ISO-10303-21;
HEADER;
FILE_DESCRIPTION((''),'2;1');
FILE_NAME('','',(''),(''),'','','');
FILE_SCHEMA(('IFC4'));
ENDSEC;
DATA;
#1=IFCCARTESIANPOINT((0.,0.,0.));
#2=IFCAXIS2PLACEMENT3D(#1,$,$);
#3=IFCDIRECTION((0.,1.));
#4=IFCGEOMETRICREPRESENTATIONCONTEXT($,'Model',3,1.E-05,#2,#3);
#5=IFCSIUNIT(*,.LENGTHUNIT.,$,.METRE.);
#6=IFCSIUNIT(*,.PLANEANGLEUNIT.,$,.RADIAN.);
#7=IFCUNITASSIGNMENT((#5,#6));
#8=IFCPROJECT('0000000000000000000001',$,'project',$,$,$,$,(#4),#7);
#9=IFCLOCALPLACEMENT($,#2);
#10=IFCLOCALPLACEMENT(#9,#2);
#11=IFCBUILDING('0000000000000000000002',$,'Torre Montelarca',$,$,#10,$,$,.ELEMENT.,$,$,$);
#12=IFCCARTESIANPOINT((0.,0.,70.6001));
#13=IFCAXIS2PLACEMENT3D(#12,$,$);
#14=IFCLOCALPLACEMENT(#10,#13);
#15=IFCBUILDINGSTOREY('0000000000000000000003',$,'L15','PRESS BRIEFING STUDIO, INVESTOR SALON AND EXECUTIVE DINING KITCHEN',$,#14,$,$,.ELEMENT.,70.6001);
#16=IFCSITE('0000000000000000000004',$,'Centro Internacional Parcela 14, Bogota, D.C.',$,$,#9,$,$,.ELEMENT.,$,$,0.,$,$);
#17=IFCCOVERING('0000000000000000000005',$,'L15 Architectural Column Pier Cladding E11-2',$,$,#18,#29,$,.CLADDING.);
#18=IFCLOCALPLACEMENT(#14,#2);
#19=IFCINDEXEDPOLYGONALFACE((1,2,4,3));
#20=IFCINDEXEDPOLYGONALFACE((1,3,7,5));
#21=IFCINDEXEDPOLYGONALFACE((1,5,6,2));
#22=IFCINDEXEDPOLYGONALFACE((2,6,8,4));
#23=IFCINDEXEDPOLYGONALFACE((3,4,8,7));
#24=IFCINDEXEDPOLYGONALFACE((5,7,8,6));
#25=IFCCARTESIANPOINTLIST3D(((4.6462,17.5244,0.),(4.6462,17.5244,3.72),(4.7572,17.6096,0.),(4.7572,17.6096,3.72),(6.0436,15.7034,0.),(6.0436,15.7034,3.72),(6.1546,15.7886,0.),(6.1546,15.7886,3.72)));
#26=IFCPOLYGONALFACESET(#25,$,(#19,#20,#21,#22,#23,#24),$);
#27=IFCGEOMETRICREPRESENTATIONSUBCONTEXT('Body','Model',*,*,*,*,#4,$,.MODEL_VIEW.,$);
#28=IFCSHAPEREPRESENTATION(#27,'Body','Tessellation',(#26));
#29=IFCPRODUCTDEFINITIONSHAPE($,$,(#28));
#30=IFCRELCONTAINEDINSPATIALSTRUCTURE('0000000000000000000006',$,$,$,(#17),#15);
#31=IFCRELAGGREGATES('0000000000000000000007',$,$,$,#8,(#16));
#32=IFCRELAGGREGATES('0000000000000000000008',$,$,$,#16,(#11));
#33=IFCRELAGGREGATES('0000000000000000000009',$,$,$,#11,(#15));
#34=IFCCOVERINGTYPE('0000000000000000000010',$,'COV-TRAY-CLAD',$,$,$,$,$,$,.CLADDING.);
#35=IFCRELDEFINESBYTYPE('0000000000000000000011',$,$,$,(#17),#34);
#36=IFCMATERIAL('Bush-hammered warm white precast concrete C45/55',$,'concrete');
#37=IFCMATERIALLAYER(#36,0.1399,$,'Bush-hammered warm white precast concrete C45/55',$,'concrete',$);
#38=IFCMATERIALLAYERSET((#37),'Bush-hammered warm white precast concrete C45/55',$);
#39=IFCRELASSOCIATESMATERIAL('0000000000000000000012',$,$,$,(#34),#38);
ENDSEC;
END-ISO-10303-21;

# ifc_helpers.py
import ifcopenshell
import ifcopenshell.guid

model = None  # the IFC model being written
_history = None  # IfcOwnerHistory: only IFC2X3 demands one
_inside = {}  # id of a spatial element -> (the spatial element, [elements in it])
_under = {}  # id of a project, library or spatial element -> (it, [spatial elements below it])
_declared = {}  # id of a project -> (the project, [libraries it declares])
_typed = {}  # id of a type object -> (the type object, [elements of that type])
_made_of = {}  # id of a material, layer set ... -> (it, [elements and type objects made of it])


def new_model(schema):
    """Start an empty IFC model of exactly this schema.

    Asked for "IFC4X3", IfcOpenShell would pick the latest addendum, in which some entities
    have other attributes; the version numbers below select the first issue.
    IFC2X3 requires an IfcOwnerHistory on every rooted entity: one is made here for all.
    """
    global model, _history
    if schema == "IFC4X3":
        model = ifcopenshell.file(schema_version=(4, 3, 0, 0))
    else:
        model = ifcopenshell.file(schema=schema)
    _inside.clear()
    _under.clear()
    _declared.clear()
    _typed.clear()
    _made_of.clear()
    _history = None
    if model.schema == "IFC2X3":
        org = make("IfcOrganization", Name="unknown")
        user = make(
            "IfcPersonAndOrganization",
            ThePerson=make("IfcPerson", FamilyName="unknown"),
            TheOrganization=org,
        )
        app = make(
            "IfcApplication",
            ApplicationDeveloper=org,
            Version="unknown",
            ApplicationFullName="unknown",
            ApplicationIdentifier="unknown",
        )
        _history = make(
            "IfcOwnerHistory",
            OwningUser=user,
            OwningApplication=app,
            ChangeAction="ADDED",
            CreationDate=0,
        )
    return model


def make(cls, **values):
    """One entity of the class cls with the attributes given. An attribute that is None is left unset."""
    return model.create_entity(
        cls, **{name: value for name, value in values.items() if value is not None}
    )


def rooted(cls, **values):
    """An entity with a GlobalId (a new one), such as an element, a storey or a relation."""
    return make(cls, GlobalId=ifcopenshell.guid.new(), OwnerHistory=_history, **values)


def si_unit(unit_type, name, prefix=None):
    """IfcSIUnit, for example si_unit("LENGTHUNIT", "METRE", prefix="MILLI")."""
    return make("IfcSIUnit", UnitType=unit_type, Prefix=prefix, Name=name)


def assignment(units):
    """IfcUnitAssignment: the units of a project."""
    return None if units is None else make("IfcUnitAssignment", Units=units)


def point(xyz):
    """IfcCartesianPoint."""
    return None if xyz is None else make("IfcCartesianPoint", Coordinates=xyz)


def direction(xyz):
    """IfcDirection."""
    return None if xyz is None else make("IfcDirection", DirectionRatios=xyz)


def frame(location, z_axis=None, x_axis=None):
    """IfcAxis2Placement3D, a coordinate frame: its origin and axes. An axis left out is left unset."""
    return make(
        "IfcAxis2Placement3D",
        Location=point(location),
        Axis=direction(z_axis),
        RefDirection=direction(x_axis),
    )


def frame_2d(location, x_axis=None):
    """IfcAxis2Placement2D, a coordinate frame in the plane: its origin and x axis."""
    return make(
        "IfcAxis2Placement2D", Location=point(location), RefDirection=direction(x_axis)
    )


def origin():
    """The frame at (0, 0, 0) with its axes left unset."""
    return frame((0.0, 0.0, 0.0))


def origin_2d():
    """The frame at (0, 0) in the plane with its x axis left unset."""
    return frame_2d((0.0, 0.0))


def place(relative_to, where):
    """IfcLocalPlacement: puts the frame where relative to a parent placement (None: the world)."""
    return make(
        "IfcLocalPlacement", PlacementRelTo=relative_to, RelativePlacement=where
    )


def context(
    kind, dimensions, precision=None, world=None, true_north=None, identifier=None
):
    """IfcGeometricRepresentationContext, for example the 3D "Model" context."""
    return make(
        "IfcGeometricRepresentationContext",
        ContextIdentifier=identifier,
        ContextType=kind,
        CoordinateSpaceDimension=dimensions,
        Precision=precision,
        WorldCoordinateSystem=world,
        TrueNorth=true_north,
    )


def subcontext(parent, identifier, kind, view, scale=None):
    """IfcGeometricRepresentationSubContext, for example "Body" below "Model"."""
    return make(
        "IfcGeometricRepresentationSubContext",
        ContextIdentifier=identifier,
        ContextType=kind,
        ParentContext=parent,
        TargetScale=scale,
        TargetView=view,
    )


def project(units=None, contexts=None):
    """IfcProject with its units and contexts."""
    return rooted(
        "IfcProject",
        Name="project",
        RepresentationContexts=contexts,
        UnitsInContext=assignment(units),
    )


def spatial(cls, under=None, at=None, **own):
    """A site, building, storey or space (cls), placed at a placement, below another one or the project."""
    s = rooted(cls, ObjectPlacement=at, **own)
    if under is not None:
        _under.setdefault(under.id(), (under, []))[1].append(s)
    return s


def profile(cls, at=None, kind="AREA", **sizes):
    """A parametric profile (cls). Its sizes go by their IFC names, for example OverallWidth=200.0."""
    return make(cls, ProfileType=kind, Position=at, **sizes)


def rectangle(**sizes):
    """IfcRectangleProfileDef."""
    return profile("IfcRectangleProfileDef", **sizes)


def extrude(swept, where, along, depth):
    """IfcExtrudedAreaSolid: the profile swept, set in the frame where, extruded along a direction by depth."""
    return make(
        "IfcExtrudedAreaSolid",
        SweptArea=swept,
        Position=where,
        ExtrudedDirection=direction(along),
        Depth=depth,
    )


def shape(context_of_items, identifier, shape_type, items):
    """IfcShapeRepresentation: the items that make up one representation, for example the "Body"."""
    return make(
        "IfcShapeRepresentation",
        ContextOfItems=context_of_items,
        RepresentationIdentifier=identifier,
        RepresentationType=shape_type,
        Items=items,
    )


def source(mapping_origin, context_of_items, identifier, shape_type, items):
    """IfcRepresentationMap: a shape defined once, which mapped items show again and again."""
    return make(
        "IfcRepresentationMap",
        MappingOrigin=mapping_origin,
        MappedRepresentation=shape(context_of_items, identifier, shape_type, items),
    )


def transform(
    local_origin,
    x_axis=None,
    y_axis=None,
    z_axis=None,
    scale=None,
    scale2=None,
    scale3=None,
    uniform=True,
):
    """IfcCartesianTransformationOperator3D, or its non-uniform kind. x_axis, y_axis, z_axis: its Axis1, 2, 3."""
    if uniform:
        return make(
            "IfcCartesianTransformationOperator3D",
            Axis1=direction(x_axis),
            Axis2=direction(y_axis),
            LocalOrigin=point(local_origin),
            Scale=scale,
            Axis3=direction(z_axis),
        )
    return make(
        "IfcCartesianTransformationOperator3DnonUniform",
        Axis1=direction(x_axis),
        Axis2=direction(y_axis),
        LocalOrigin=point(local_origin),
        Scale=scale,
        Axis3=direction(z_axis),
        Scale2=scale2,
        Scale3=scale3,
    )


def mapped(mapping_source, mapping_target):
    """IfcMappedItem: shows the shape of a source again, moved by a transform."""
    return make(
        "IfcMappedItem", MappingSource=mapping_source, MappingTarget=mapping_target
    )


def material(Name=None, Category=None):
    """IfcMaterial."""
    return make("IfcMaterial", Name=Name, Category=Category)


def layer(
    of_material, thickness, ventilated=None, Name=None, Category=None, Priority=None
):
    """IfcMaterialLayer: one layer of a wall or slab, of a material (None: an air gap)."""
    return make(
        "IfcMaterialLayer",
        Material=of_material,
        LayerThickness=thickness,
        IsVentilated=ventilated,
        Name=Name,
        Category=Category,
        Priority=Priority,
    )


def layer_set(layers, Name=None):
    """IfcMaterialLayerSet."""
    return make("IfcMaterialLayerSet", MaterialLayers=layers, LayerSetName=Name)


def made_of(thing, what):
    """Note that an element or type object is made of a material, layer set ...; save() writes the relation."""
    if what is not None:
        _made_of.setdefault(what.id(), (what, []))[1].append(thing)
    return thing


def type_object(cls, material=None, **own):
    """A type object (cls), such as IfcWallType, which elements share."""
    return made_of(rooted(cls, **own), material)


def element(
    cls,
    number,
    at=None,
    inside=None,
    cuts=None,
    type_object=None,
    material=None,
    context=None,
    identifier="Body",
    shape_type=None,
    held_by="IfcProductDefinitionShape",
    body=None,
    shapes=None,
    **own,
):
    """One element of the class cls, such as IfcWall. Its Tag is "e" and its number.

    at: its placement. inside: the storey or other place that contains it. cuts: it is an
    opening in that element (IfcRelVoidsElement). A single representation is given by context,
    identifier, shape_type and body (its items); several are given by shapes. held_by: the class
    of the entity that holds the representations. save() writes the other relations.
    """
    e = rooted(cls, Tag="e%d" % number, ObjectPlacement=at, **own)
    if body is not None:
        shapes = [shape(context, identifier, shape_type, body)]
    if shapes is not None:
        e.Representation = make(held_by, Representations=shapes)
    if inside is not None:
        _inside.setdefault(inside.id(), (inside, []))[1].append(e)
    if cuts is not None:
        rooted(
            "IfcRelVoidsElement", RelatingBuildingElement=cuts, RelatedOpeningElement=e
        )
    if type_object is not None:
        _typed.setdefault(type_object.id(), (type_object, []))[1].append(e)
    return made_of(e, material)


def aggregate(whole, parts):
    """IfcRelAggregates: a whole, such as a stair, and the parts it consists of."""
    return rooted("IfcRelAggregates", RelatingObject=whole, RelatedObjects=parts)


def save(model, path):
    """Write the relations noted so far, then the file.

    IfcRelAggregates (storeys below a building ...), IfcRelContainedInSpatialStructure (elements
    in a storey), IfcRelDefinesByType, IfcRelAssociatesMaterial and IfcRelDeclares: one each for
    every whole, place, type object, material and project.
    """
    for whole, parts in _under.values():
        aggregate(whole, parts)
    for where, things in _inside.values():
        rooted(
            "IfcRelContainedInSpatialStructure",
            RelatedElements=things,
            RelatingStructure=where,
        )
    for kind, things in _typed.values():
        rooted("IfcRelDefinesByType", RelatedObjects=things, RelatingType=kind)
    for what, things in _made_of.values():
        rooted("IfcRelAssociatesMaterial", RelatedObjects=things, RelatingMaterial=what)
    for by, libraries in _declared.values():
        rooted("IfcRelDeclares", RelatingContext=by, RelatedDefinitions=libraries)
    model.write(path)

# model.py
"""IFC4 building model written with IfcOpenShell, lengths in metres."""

from ifc_helpers import new_model, si_unit, direction, frame, origin, origin_2d, place, context, subcontext, project, spatial, rectangle, extrude, source, transform, mapped, material, layer, layer_set, type_object, element, save


model = new_model("IFC4")

# Units and contexts
model_context = context("Model", 3, precision=1e-05, world=origin(), true_north=direction((0.0, 1.0)))
body_context = subcontext(model_context, "Body", "Model", "MODEL_VIEW")
ifc_project = project(units=[si_unit("LENGTHUNIT", "METRE"), si_unit("PLANEANGLEUNIT", "RADIAN")], contexts=[model_context])

# Site, building, storey
site_placement = place(None, origin())
site = spatial("IfcSite", under=ifc_project, at=site_placement, Name="Centro Internacional Parcela 14, Bogota, D.C.", CompositionType="ELEMENT", RefElevation=0.0)
building_placement = place(site_placement, origin())
building = spatial("IfcBuilding", under=site, at=building_placement, Name="Torre Montelarca", CompositionType="ELEMENT")
storey_placement = place(building_placement, frame((0.0, 0.0, 70.6001)))
storey = spatial("IfcBuildingStorey", under=building, at=storey_placement, Name="L15", Description="PRESS BRIEFING STUDIO, INVESTOR SALON AND EXECUTIVE DINING KITCHEN", CompositionType="ELEMENT", Elevation=70.6001)

# Covering
ifc_material_1 = material(Name="Bush-hammered warm white precast concrete C45/55", Category="concrete")
ifc_layer_1 = layer(ifc_material_1, 0.1399, Name="Bush-hammered warm white precast concrete C45/55", Category="concrete")
ifc_layer_set_1 = layer_set([ifc_layer_1], Name="Bush-hammered warm white precast concrete C45/55")
covering_type = type_object("IfcCoveringType", Name="COV-TRAY-CLAD", PredefinedType="CLADDING", material=ifc_layer_set_1)
shared_shape_1 = source(origin(), body_context, "Body", "SweptSolid", [
    extrude(rectangle(XDim=2.2954, YDim=0.1399, at=origin_2d()), origin(), (0.0, 0.0, 1.0), 3.72),
])
covering_1_placement = place(storey_placement, frame((5.4004, 16.6565, 0.0), z_axis=(0.0, 0.0, 1.0), x_axis=(0.608774, -0.793344, 0.0)))
element("IfcCovering", 1, at=covering_1_placement, inside=storey, type_object=covering_type, Name="L15 Architectural Column Pier Cladding E11-2", PredefinedType="CLADDING", context=body_context, shape_type="MappedRepresentation", body=[
    mapped(shared_shape_1, transform((0.0, 0.0, 0.0), scale=1.0)),
])

save(model, "model.ifc")
